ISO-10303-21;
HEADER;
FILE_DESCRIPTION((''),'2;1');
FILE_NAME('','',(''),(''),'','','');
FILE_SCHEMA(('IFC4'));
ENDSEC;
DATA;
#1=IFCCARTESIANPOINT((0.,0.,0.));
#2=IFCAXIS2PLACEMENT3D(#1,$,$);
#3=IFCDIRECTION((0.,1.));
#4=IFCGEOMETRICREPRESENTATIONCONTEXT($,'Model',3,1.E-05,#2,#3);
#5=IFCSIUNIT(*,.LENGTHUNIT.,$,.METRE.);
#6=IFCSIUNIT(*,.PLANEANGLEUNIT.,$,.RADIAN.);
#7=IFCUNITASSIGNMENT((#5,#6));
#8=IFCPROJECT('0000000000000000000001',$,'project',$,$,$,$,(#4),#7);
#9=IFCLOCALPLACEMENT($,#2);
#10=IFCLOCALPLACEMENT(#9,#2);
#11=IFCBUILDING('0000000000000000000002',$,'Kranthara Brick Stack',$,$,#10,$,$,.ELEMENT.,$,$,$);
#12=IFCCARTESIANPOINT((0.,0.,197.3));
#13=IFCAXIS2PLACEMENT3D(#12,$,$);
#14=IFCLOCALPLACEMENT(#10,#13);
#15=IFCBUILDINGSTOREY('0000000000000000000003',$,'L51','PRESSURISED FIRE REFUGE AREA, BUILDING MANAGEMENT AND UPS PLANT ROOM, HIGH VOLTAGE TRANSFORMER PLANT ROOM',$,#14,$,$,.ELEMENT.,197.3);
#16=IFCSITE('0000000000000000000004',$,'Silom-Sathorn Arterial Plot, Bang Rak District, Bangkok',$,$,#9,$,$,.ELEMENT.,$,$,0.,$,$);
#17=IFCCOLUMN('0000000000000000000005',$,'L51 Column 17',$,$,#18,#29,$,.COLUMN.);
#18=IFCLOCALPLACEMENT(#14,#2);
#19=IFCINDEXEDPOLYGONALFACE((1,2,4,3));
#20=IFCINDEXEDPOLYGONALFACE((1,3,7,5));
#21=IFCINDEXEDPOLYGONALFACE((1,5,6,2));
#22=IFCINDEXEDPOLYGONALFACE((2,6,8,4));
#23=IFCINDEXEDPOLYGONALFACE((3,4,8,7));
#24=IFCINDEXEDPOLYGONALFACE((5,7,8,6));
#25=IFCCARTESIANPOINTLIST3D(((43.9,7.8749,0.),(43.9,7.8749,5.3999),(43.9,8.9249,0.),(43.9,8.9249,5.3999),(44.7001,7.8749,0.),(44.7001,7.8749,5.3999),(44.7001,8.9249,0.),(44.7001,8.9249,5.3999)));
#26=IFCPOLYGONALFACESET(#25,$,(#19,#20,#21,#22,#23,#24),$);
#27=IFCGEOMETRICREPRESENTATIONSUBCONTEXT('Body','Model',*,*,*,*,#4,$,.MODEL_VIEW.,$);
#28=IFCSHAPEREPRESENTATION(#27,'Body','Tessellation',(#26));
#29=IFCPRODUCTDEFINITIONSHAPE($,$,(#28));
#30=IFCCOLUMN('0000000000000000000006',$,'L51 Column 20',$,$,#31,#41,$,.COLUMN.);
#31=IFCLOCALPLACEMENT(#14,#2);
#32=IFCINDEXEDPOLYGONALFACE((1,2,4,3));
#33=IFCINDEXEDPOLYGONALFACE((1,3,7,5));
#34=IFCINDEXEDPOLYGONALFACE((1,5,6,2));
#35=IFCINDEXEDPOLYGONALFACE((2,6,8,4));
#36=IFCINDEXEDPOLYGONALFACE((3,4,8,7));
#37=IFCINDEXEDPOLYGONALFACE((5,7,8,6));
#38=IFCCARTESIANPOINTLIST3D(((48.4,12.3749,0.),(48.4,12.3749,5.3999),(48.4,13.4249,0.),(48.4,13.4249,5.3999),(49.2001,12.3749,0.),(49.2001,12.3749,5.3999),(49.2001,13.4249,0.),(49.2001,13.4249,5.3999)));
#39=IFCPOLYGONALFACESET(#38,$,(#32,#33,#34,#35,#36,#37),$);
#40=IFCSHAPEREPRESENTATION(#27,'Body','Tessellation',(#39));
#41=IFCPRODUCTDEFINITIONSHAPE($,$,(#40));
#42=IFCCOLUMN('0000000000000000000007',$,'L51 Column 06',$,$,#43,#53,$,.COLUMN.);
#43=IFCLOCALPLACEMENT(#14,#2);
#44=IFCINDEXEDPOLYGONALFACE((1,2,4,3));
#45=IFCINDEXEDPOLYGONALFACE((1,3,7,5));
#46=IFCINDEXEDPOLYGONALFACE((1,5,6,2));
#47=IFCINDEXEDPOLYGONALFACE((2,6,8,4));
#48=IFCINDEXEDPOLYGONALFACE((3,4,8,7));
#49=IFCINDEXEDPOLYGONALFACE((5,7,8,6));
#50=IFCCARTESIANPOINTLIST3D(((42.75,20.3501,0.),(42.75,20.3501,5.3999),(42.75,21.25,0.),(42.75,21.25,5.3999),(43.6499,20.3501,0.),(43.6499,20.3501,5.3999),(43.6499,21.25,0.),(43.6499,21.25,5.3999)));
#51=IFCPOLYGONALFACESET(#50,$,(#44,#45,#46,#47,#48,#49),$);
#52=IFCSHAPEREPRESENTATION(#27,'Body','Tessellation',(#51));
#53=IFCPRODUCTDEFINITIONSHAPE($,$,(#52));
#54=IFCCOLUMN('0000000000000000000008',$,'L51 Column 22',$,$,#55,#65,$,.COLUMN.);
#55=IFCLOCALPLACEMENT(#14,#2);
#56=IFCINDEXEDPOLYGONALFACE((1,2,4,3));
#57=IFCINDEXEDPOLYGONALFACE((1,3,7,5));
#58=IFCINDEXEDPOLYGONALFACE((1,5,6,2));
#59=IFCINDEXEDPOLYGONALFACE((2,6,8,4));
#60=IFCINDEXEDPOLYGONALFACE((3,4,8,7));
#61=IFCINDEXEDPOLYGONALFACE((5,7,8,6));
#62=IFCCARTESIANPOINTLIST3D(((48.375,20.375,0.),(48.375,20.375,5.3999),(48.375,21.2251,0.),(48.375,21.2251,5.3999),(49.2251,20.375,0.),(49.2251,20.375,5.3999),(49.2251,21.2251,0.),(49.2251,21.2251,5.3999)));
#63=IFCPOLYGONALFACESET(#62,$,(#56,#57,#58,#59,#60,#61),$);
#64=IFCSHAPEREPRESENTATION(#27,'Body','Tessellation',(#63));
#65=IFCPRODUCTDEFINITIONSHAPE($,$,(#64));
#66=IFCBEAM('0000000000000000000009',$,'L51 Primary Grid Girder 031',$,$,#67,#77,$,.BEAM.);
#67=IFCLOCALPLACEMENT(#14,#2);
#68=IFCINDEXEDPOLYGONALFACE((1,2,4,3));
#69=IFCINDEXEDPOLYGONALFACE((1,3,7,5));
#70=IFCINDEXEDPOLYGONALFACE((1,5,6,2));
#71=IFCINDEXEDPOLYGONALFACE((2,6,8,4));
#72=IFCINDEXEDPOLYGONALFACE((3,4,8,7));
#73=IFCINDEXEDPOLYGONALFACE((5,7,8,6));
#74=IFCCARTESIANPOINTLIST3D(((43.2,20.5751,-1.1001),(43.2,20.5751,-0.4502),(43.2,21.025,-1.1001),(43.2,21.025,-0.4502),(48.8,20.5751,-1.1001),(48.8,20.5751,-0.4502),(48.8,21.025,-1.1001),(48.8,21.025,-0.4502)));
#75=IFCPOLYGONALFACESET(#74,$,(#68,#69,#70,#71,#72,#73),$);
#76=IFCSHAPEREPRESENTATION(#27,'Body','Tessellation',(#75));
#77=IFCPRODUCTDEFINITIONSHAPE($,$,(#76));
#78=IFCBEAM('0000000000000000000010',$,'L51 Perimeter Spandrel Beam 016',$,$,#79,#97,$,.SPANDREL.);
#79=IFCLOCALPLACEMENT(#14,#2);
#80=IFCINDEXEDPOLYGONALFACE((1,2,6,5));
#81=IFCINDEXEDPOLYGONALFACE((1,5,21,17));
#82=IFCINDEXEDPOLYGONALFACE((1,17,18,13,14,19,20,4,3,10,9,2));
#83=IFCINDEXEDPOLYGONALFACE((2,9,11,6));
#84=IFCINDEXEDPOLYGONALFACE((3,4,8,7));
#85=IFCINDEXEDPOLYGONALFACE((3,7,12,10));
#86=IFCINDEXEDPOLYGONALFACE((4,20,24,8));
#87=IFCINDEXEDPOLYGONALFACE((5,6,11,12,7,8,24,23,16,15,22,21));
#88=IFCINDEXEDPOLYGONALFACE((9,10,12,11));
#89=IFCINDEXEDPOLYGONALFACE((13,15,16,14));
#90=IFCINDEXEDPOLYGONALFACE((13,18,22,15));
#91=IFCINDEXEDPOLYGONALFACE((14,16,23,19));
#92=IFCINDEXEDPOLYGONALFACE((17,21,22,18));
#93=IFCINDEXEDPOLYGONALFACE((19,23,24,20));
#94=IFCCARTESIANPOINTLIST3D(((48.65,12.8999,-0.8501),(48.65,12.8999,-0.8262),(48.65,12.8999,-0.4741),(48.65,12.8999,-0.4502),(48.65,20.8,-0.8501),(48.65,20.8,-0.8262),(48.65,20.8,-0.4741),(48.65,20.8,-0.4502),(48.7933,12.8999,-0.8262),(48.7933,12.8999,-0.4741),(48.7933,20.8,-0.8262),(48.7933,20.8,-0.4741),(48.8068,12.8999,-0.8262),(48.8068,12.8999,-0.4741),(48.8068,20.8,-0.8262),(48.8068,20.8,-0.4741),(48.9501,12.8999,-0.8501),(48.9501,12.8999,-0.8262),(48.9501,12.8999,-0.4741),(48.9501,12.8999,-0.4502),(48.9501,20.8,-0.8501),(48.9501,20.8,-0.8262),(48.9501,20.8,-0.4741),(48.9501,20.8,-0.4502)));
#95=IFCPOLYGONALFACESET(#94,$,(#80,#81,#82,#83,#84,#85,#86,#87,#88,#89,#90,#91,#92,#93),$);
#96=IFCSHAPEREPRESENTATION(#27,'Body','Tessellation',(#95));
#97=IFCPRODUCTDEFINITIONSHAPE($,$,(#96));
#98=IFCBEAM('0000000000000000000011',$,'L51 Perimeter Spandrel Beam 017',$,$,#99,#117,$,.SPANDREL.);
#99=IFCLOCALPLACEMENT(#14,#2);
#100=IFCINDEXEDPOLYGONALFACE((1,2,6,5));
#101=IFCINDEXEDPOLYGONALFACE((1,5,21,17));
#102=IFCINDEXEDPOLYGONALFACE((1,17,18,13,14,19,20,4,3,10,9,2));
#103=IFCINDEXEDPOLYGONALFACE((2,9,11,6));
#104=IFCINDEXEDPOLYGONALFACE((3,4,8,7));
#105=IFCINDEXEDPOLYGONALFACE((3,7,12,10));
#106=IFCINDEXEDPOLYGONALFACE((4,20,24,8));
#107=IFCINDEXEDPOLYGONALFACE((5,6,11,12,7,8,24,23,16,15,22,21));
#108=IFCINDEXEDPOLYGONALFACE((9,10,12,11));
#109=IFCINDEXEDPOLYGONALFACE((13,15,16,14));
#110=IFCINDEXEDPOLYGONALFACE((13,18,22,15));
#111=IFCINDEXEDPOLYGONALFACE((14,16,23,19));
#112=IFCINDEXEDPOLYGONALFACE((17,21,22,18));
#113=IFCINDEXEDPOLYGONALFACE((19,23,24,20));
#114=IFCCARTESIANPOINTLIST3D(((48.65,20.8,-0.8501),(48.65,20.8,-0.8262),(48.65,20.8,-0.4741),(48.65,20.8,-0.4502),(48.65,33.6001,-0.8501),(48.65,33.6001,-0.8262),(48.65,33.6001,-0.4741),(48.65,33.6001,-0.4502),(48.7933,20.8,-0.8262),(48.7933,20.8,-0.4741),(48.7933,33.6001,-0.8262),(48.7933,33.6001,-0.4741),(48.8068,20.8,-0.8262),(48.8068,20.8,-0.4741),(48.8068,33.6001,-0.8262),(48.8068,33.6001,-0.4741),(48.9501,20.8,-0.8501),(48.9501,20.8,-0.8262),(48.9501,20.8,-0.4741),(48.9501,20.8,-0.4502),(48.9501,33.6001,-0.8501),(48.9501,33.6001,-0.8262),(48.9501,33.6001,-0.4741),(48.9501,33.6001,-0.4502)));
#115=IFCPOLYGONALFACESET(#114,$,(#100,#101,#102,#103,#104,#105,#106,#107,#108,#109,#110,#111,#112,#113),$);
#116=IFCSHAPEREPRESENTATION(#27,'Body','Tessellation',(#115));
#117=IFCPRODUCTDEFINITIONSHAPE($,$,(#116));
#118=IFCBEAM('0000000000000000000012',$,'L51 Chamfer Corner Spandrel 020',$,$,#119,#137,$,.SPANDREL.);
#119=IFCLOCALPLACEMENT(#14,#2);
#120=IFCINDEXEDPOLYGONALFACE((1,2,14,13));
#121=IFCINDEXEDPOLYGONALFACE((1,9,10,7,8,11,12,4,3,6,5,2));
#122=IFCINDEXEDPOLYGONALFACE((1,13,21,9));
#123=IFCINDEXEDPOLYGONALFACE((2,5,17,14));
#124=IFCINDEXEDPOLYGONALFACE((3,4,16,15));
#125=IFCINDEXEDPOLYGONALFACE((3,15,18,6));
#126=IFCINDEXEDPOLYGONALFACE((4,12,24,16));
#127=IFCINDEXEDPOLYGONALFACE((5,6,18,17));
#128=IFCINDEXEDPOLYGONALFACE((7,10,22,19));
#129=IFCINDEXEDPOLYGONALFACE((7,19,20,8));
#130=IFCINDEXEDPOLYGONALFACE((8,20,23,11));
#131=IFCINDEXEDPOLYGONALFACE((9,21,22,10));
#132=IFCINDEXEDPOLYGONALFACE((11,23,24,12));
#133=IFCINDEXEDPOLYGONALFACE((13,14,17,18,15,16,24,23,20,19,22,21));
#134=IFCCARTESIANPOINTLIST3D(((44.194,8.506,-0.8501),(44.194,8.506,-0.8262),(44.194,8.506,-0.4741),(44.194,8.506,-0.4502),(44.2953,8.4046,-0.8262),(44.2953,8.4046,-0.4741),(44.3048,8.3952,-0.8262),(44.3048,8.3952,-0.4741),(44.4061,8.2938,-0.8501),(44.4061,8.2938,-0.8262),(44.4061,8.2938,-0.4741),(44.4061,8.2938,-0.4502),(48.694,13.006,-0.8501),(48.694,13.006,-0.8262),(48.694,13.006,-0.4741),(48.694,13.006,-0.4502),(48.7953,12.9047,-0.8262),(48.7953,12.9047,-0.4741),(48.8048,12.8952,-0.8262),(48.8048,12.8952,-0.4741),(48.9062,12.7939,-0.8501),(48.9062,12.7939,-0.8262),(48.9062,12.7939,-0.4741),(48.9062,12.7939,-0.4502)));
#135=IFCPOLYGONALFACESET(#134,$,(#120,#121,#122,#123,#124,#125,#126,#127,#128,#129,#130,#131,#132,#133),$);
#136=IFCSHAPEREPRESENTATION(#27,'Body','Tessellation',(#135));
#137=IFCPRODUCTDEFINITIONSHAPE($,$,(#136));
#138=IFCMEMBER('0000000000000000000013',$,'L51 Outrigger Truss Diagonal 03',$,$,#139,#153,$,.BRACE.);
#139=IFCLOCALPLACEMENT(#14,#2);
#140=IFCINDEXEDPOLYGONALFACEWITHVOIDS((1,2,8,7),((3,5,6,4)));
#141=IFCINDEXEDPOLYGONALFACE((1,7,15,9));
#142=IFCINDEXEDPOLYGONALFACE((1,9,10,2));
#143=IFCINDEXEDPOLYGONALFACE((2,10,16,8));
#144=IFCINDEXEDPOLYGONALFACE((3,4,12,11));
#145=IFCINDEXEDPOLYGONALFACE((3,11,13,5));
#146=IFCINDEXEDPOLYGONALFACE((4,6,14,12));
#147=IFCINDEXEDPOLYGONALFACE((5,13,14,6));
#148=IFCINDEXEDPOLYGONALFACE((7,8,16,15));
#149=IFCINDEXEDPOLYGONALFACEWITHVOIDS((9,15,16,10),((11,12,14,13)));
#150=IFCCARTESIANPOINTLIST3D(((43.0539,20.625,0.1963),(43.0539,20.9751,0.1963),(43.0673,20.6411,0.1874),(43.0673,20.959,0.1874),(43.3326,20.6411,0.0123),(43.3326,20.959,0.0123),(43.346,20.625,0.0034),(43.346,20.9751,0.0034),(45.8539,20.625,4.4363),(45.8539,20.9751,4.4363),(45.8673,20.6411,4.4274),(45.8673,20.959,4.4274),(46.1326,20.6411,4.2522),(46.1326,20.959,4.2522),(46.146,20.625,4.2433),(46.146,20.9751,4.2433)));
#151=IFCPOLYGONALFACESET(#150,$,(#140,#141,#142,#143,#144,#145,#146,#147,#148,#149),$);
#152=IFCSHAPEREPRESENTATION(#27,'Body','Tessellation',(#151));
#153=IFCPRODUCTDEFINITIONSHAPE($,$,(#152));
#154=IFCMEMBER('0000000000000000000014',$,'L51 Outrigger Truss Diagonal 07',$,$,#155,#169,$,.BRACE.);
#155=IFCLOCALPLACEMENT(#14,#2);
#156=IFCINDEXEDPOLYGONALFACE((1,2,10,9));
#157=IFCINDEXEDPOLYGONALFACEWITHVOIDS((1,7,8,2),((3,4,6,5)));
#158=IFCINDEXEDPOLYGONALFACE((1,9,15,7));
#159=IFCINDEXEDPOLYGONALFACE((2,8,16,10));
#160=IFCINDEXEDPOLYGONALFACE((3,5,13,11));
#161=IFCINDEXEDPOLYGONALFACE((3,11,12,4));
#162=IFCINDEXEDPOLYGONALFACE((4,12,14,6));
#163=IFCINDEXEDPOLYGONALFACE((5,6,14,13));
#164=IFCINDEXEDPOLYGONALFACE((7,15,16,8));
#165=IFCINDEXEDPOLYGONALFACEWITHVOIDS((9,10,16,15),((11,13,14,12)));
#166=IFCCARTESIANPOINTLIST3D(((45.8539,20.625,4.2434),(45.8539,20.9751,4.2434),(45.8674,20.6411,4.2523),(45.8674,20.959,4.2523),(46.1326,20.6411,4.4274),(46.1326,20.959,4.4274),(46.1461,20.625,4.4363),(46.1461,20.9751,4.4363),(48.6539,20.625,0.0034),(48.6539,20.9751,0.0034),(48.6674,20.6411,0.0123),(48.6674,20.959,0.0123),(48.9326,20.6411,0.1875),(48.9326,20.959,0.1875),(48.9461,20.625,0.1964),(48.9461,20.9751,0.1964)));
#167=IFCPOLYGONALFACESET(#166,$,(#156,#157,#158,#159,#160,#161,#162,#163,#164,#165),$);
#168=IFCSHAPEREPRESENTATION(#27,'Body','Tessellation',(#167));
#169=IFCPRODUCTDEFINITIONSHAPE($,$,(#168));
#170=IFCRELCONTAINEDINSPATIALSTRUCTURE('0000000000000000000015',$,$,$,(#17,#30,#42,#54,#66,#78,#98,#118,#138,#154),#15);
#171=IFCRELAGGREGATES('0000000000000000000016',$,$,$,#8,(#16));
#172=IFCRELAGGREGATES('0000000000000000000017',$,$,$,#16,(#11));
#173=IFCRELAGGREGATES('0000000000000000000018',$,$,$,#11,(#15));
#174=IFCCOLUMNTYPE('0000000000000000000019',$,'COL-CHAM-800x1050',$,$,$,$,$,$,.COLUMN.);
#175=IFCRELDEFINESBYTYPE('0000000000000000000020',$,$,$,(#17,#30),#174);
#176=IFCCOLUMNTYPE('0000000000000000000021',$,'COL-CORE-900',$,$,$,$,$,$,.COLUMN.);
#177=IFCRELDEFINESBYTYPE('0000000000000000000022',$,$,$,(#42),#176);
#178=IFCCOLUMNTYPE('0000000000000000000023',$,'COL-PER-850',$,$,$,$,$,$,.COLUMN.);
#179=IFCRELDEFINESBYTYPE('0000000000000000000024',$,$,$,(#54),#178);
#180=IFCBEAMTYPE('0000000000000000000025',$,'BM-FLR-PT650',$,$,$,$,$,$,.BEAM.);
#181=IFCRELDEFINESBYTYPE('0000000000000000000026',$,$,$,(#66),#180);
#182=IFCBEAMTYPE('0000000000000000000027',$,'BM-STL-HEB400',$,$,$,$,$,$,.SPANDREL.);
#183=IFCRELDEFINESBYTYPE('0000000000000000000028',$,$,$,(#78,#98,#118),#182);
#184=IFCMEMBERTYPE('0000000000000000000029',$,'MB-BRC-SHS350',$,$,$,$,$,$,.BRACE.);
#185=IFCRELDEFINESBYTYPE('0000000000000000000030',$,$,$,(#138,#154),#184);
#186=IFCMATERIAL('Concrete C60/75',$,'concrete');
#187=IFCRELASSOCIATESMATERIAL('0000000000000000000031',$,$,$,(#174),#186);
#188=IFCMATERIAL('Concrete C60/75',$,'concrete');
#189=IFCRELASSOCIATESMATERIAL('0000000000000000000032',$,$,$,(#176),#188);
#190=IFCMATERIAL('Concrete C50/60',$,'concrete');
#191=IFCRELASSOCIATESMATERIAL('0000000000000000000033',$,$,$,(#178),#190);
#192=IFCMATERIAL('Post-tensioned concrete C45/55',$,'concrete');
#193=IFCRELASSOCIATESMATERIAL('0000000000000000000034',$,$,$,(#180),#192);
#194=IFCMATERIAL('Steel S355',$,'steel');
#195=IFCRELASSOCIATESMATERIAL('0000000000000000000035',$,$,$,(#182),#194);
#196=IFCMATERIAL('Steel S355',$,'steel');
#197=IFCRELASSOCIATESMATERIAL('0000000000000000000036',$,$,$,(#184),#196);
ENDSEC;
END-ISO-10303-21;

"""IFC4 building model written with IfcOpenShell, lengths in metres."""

from ifc_helpers import new_model, si_unit, direction, frame, origin, origin_2d, place, context, subcontext, project, spatial, rectangle, hollow_rectangle, i_section, extrude, material, material_profile, profile_set, type_object, element, save


model = new_model("IFC4")

# Units and contexts
model_context = context("Model", 3, precision=1e-05, world=origin(), true_north=direction((0.0, 1.0)))
body_context = subcontext(model_context, "Body", "Model", "MODEL_VIEW")
ifc_project = project(units=[si_unit("LENGTHUNIT", "METRE"), si_unit("PLANEANGLEUNIT", "RADIAN")], contexts=[model_context])

# Site, building, storey
site_placement = place(None, origin())
site = spatial("IfcSite", under=ifc_project, at=site_placement, Name="Silom-Sathorn Arterial Plot, Bang Rak District, Bangkok", CompositionType="ELEMENT", RefElevation=0.0)
building_placement = place(site_placement, origin())
building = spatial("IfcBuilding", under=site, at=building_placement, Name="Kranthara Brick Stack", CompositionType="ELEMENT")
storey_placement = place(building_placement, frame((0.0, 0.0, 197.3)))
storey = spatial("IfcBuildingStorey", under=building, at=storey_placement, Name="L51", Description="PRESSURISED FIRE REFUGE AREA, BUILDING MANAGEMENT AND UPS PLANT ROOM, HIGH VOLTAGE TRANSFORMER PLANT ROOM", CompositionType="ELEMENT", Elevation=197.3)

# Columns
ifc_material_1 = material(Name="Concrete C60/75", Category="concrete")
ifc_material_profile_1 = material_profile(ifc_material_1, rectangle(XDim=0.8, YDim=1.05, at=origin_2d()), Name="RC 800x1050")
ifc_profile_set_1 = profile_set([ifc_material_profile_1], Name="Concrete C60/75")
column_type_1 = type_object("IfcColumnType", Name="COL-CHAM-800x1050", PredefinedType="COLUMN", material=ifc_profile_set_1)
for number, where, z_axis, x_axis, name in (
    (1, (44.3, 8.3999, 0.0), (0.0, 0.0, 1.0), (1.0, 0.0, 0.0), "L51 Column 17"),
    (2, (48.8, 12.8999, 0.0), (0.0, 0.0, 1.0), (1.0, 0.0, 0.0), "L51 Column 20"),
):
    element("IfcColumn", number, at=place(storey_placement, frame(where, z_axis=z_axis, x_axis=x_axis)), inside=storey, type_object=column_type_1, Name=name, PredefinedType="COLUMN", context=body_context, shape_type="SweptSolid", body=[
        extrude(rectangle(XDim=0.8, YDim=1.05, at=origin_2d()), origin(), (0.0, 0.0, 1.0), 5.3999),
    ])
ifc_material_2 = material(Name="Concrete C60/75", Category="concrete")
ifc_material_profile_2 = material_profile(ifc_material_2, rectangle(XDim=0.8999, YDim=0.8999, at=origin_2d()), Name="RC 900x900")
ifc_profile_set_2 = profile_set([ifc_material_profile_2], Name="Concrete C60/75")
column_type_2 = type_object("IfcColumnType", Name="COL-CORE-900", PredefinedType="COLUMN", material=ifc_profile_set_2)
column_1_placement = place(storey_placement, frame((43.2, 20.8, 0.0), z_axis=(0.0, 0.0, 1.0), x_axis=(1.0, 0.0, 0.0)))
element("IfcColumn", 3, at=column_1_placement, inside=storey, type_object=column_type_2, Name="L51 Column 06", PredefinedType="COLUMN", context=body_context, shape_type="SweptSolid", body=[
    extrude(rectangle(XDim=0.8999, YDim=0.8999, at=origin_2d()), origin(), (0.0, 0.0, 1.0), 5.3999),
])
ifc_material_3 = material(Name="Concrete C50/60", Category="concrete")
ifc_material_profile_3 = material_profile(ifc_material_3, rectangle(XDim=0.8501, YDim=0.8501, at=origin_2d()), Name="RC 850x850")
ifc_profile_set_3 = profile_set([ifc_material_profile_3], Name="Concrete C50/60")
column_type_3 = type_object("IfcColumnType", Name="COL-PER-850", PredefinedType="COLUMN", material=ifc_profile_set_3)
column_2_placement = place(storey_placement, frame((48.8, 20.8, 0.0), z_axis=(0.0, 0.0, 1.0), x_axis=(1.0, 0.0, 0.0)))
element("IfcColumn", 4, at=column_2_placement, inside=storey, type_object=column_type_3, Name="L51 Column 22", PredefinedType="COLUMN", context=body_context, shape_type="SweptSolid", body=[
    extrude(rectangle(XDim=0.8501, YDim=0.8501, at=origin_2d()), origin(), (0.0, 0.0, 1.0), 5.3999),
])

# Beams
ifc_material_4 = material(Name="Post-tensioned concrete C45/55", Category="concrete")
ifc_material_profile_4 = material_profile(ifc_material_4, rectangle(XDim=0.45, YDim=0.6499, at=origin_2d()), Name="PT 450x650")
ifc_profile_set_4 = profile_set([ifc_material_profile_4], Name="Post-tensioned concrete C45/55")
beam_type_1 = type_object("IfcBeamType", Name="BM-FLR-PT650", PredefinedType="BEAM", material=ifc_profile_set_4)
beam_1_placement = place(storey_placement, frame((43.2, 20.8, -0.7751), z_axis=(1.0, 0.0, 0.0), x_axis=(0.0, 1.0, 0.0)))
element("IfcBeam", 5, at=beam_1_placement, inside=storey, type_object=beam_type_1, Name="L51 Primary Grid Girder 031", PredefinedType="BEAM", context=body_context, shape_type="SweptSolid", body=[
    extrude(rectangle(XDim=0.45, YDim=0.6499, at=origin_2d()), origin(), (0.0, 0.0, 1.0), 5.6001),
])
ifc_material_5 = material(Name="Steel S355", Category="steel")
ifc_material_profile_5 = material_profile(ifc_material_5, i_section(OverallWidth=0.3, OverallDepth=0.3999, WebThickness=0.0134, FlangeThickness=0.0239, at=origin_2d()), Name="HEB 400")
ifc_profile_set_5 = profile_set([ifc_material_profile_5], Name="Steel S355")
beam_type_2 = type_object("IfcBeamType", Name="BM-STL-HEB400", PredefinedType="SPANDREL", material=ifc_profile_set_5)
beam_2_placement = place(storey_placement, frame((48.8, 12.8999, -0.6501), z_axis=(0.0, 1.0, 0.0), x_axis=(-1.0, 0.0, 0.0)))
element("IfcBeam", 6, at=beam_2_placement, inside=storey, type_object=beam_type_2, Name="L51 Perimeter Spandrel Beam 016", PredefinedType="SPANDREL", context=body_context, shape_type="SweptSolid", body=[
    extrude(i_section(OverallWidth=0.3, OverallDepth=0.3999, WebThickness=0.0134, FlangeThickness=0.0239, at=origin_2d()), origin(), (0.0, 0.0, 1.0), 7.9001),
])
beam_3_placement = place(storey_placement, frame((48.8, 20.8, -0.6501), z_axis=(0.0, 1.0, 0.0), x_axis=(-1.0, 0.0, 0.0)))
element("IfcBeam", 7, at=beam_3_placement, inside=storey, type_object=beam_type_2, Name="L51 Perimeter Spandrel Beam 017", PredefinedType="SPANDREL", context=body_context, shape_type="SweptSolid", body=[
    extrude(i_section(OverallWidth=0.3, OverallDepth=0.3999, WebThickness=0.0134, FlangeThickness=0.0239, at=origin_2d()), origin(), (0.0, 0.0, 1.0), 12.8),
])
beam_4_placement = place(storey_placement, frame((44.3, 8.3999, -0.6501), z_axis=(0.707107, 0.707107, 0.0), x_axis=(-0.707107, 0.707107, 0.0)))
element("IfcBeam", 8, at=beam_4_placement, inside=storey, type_object=beam_type_2, Name="L51 Chamfer Corner Spandrel 020", PredefinedType="SPANDREL", context=body_context, shape_type="SweptSolid", body=[
    extrude(i_section(OverallWidth=0.3, OverallDepth=0.3999, WebThickness=0.0134, FlangeThickness=0.0239, at=origin_2d()), origin(), (0.0, 0.0, 1.0), 6.364),
])

# Members
ifc_material_6 = material(Name="Steel S355", Category="steel")
ifc_material_profile_6 = material_profile(ifc_material_6, hollow_rectangle(XDim=0.3501, YDim=0.3501, WallThickness=0.0161, at=origin_2d()), Name="SHS 350x350x16")
ifc_profile_set_6 = profile_set([ifc_material_profile_6], Name="Steel S355")
member_type_1 = type_object("IfcMemberType", Name="MB-BRC-SHS350", PredefinedType="BRACE", material=ifc_profile_set_6)
for number, where, z_axis, x_axis, name in (
    (9, (43.2, 20.8, 0.0999), (0.551069, 0.0, 0.83446), (0.0, 1.0, 0.0), "L51 Outrigger Truss Diagonal 03"),
    (10, (46.0, 20.8, 4.3398), (0.551069, 0.0, -0.83446), (0.0, 1.0, 0.0), "L51 Outrigger Truss Diagonal 07"),
):
    element("IfcMember", number, at=place(storey_placement, frame(where, z_axis=z_axis, x_axis=x_axis)), inside=storey, type_object=member_type_1, Name=name, PredefinedType="BRACE", context=body_context, shape_type="SweptSolid", body=[
        extrude(hollow_rectangle(XDim=0.3501, YDim=0.3501, WallThickness=0.0161, at=origin_2d()), origin(), (0.0, 0.0, 1.0), 5.0811),
    ])

save(model, "model.ifc")
